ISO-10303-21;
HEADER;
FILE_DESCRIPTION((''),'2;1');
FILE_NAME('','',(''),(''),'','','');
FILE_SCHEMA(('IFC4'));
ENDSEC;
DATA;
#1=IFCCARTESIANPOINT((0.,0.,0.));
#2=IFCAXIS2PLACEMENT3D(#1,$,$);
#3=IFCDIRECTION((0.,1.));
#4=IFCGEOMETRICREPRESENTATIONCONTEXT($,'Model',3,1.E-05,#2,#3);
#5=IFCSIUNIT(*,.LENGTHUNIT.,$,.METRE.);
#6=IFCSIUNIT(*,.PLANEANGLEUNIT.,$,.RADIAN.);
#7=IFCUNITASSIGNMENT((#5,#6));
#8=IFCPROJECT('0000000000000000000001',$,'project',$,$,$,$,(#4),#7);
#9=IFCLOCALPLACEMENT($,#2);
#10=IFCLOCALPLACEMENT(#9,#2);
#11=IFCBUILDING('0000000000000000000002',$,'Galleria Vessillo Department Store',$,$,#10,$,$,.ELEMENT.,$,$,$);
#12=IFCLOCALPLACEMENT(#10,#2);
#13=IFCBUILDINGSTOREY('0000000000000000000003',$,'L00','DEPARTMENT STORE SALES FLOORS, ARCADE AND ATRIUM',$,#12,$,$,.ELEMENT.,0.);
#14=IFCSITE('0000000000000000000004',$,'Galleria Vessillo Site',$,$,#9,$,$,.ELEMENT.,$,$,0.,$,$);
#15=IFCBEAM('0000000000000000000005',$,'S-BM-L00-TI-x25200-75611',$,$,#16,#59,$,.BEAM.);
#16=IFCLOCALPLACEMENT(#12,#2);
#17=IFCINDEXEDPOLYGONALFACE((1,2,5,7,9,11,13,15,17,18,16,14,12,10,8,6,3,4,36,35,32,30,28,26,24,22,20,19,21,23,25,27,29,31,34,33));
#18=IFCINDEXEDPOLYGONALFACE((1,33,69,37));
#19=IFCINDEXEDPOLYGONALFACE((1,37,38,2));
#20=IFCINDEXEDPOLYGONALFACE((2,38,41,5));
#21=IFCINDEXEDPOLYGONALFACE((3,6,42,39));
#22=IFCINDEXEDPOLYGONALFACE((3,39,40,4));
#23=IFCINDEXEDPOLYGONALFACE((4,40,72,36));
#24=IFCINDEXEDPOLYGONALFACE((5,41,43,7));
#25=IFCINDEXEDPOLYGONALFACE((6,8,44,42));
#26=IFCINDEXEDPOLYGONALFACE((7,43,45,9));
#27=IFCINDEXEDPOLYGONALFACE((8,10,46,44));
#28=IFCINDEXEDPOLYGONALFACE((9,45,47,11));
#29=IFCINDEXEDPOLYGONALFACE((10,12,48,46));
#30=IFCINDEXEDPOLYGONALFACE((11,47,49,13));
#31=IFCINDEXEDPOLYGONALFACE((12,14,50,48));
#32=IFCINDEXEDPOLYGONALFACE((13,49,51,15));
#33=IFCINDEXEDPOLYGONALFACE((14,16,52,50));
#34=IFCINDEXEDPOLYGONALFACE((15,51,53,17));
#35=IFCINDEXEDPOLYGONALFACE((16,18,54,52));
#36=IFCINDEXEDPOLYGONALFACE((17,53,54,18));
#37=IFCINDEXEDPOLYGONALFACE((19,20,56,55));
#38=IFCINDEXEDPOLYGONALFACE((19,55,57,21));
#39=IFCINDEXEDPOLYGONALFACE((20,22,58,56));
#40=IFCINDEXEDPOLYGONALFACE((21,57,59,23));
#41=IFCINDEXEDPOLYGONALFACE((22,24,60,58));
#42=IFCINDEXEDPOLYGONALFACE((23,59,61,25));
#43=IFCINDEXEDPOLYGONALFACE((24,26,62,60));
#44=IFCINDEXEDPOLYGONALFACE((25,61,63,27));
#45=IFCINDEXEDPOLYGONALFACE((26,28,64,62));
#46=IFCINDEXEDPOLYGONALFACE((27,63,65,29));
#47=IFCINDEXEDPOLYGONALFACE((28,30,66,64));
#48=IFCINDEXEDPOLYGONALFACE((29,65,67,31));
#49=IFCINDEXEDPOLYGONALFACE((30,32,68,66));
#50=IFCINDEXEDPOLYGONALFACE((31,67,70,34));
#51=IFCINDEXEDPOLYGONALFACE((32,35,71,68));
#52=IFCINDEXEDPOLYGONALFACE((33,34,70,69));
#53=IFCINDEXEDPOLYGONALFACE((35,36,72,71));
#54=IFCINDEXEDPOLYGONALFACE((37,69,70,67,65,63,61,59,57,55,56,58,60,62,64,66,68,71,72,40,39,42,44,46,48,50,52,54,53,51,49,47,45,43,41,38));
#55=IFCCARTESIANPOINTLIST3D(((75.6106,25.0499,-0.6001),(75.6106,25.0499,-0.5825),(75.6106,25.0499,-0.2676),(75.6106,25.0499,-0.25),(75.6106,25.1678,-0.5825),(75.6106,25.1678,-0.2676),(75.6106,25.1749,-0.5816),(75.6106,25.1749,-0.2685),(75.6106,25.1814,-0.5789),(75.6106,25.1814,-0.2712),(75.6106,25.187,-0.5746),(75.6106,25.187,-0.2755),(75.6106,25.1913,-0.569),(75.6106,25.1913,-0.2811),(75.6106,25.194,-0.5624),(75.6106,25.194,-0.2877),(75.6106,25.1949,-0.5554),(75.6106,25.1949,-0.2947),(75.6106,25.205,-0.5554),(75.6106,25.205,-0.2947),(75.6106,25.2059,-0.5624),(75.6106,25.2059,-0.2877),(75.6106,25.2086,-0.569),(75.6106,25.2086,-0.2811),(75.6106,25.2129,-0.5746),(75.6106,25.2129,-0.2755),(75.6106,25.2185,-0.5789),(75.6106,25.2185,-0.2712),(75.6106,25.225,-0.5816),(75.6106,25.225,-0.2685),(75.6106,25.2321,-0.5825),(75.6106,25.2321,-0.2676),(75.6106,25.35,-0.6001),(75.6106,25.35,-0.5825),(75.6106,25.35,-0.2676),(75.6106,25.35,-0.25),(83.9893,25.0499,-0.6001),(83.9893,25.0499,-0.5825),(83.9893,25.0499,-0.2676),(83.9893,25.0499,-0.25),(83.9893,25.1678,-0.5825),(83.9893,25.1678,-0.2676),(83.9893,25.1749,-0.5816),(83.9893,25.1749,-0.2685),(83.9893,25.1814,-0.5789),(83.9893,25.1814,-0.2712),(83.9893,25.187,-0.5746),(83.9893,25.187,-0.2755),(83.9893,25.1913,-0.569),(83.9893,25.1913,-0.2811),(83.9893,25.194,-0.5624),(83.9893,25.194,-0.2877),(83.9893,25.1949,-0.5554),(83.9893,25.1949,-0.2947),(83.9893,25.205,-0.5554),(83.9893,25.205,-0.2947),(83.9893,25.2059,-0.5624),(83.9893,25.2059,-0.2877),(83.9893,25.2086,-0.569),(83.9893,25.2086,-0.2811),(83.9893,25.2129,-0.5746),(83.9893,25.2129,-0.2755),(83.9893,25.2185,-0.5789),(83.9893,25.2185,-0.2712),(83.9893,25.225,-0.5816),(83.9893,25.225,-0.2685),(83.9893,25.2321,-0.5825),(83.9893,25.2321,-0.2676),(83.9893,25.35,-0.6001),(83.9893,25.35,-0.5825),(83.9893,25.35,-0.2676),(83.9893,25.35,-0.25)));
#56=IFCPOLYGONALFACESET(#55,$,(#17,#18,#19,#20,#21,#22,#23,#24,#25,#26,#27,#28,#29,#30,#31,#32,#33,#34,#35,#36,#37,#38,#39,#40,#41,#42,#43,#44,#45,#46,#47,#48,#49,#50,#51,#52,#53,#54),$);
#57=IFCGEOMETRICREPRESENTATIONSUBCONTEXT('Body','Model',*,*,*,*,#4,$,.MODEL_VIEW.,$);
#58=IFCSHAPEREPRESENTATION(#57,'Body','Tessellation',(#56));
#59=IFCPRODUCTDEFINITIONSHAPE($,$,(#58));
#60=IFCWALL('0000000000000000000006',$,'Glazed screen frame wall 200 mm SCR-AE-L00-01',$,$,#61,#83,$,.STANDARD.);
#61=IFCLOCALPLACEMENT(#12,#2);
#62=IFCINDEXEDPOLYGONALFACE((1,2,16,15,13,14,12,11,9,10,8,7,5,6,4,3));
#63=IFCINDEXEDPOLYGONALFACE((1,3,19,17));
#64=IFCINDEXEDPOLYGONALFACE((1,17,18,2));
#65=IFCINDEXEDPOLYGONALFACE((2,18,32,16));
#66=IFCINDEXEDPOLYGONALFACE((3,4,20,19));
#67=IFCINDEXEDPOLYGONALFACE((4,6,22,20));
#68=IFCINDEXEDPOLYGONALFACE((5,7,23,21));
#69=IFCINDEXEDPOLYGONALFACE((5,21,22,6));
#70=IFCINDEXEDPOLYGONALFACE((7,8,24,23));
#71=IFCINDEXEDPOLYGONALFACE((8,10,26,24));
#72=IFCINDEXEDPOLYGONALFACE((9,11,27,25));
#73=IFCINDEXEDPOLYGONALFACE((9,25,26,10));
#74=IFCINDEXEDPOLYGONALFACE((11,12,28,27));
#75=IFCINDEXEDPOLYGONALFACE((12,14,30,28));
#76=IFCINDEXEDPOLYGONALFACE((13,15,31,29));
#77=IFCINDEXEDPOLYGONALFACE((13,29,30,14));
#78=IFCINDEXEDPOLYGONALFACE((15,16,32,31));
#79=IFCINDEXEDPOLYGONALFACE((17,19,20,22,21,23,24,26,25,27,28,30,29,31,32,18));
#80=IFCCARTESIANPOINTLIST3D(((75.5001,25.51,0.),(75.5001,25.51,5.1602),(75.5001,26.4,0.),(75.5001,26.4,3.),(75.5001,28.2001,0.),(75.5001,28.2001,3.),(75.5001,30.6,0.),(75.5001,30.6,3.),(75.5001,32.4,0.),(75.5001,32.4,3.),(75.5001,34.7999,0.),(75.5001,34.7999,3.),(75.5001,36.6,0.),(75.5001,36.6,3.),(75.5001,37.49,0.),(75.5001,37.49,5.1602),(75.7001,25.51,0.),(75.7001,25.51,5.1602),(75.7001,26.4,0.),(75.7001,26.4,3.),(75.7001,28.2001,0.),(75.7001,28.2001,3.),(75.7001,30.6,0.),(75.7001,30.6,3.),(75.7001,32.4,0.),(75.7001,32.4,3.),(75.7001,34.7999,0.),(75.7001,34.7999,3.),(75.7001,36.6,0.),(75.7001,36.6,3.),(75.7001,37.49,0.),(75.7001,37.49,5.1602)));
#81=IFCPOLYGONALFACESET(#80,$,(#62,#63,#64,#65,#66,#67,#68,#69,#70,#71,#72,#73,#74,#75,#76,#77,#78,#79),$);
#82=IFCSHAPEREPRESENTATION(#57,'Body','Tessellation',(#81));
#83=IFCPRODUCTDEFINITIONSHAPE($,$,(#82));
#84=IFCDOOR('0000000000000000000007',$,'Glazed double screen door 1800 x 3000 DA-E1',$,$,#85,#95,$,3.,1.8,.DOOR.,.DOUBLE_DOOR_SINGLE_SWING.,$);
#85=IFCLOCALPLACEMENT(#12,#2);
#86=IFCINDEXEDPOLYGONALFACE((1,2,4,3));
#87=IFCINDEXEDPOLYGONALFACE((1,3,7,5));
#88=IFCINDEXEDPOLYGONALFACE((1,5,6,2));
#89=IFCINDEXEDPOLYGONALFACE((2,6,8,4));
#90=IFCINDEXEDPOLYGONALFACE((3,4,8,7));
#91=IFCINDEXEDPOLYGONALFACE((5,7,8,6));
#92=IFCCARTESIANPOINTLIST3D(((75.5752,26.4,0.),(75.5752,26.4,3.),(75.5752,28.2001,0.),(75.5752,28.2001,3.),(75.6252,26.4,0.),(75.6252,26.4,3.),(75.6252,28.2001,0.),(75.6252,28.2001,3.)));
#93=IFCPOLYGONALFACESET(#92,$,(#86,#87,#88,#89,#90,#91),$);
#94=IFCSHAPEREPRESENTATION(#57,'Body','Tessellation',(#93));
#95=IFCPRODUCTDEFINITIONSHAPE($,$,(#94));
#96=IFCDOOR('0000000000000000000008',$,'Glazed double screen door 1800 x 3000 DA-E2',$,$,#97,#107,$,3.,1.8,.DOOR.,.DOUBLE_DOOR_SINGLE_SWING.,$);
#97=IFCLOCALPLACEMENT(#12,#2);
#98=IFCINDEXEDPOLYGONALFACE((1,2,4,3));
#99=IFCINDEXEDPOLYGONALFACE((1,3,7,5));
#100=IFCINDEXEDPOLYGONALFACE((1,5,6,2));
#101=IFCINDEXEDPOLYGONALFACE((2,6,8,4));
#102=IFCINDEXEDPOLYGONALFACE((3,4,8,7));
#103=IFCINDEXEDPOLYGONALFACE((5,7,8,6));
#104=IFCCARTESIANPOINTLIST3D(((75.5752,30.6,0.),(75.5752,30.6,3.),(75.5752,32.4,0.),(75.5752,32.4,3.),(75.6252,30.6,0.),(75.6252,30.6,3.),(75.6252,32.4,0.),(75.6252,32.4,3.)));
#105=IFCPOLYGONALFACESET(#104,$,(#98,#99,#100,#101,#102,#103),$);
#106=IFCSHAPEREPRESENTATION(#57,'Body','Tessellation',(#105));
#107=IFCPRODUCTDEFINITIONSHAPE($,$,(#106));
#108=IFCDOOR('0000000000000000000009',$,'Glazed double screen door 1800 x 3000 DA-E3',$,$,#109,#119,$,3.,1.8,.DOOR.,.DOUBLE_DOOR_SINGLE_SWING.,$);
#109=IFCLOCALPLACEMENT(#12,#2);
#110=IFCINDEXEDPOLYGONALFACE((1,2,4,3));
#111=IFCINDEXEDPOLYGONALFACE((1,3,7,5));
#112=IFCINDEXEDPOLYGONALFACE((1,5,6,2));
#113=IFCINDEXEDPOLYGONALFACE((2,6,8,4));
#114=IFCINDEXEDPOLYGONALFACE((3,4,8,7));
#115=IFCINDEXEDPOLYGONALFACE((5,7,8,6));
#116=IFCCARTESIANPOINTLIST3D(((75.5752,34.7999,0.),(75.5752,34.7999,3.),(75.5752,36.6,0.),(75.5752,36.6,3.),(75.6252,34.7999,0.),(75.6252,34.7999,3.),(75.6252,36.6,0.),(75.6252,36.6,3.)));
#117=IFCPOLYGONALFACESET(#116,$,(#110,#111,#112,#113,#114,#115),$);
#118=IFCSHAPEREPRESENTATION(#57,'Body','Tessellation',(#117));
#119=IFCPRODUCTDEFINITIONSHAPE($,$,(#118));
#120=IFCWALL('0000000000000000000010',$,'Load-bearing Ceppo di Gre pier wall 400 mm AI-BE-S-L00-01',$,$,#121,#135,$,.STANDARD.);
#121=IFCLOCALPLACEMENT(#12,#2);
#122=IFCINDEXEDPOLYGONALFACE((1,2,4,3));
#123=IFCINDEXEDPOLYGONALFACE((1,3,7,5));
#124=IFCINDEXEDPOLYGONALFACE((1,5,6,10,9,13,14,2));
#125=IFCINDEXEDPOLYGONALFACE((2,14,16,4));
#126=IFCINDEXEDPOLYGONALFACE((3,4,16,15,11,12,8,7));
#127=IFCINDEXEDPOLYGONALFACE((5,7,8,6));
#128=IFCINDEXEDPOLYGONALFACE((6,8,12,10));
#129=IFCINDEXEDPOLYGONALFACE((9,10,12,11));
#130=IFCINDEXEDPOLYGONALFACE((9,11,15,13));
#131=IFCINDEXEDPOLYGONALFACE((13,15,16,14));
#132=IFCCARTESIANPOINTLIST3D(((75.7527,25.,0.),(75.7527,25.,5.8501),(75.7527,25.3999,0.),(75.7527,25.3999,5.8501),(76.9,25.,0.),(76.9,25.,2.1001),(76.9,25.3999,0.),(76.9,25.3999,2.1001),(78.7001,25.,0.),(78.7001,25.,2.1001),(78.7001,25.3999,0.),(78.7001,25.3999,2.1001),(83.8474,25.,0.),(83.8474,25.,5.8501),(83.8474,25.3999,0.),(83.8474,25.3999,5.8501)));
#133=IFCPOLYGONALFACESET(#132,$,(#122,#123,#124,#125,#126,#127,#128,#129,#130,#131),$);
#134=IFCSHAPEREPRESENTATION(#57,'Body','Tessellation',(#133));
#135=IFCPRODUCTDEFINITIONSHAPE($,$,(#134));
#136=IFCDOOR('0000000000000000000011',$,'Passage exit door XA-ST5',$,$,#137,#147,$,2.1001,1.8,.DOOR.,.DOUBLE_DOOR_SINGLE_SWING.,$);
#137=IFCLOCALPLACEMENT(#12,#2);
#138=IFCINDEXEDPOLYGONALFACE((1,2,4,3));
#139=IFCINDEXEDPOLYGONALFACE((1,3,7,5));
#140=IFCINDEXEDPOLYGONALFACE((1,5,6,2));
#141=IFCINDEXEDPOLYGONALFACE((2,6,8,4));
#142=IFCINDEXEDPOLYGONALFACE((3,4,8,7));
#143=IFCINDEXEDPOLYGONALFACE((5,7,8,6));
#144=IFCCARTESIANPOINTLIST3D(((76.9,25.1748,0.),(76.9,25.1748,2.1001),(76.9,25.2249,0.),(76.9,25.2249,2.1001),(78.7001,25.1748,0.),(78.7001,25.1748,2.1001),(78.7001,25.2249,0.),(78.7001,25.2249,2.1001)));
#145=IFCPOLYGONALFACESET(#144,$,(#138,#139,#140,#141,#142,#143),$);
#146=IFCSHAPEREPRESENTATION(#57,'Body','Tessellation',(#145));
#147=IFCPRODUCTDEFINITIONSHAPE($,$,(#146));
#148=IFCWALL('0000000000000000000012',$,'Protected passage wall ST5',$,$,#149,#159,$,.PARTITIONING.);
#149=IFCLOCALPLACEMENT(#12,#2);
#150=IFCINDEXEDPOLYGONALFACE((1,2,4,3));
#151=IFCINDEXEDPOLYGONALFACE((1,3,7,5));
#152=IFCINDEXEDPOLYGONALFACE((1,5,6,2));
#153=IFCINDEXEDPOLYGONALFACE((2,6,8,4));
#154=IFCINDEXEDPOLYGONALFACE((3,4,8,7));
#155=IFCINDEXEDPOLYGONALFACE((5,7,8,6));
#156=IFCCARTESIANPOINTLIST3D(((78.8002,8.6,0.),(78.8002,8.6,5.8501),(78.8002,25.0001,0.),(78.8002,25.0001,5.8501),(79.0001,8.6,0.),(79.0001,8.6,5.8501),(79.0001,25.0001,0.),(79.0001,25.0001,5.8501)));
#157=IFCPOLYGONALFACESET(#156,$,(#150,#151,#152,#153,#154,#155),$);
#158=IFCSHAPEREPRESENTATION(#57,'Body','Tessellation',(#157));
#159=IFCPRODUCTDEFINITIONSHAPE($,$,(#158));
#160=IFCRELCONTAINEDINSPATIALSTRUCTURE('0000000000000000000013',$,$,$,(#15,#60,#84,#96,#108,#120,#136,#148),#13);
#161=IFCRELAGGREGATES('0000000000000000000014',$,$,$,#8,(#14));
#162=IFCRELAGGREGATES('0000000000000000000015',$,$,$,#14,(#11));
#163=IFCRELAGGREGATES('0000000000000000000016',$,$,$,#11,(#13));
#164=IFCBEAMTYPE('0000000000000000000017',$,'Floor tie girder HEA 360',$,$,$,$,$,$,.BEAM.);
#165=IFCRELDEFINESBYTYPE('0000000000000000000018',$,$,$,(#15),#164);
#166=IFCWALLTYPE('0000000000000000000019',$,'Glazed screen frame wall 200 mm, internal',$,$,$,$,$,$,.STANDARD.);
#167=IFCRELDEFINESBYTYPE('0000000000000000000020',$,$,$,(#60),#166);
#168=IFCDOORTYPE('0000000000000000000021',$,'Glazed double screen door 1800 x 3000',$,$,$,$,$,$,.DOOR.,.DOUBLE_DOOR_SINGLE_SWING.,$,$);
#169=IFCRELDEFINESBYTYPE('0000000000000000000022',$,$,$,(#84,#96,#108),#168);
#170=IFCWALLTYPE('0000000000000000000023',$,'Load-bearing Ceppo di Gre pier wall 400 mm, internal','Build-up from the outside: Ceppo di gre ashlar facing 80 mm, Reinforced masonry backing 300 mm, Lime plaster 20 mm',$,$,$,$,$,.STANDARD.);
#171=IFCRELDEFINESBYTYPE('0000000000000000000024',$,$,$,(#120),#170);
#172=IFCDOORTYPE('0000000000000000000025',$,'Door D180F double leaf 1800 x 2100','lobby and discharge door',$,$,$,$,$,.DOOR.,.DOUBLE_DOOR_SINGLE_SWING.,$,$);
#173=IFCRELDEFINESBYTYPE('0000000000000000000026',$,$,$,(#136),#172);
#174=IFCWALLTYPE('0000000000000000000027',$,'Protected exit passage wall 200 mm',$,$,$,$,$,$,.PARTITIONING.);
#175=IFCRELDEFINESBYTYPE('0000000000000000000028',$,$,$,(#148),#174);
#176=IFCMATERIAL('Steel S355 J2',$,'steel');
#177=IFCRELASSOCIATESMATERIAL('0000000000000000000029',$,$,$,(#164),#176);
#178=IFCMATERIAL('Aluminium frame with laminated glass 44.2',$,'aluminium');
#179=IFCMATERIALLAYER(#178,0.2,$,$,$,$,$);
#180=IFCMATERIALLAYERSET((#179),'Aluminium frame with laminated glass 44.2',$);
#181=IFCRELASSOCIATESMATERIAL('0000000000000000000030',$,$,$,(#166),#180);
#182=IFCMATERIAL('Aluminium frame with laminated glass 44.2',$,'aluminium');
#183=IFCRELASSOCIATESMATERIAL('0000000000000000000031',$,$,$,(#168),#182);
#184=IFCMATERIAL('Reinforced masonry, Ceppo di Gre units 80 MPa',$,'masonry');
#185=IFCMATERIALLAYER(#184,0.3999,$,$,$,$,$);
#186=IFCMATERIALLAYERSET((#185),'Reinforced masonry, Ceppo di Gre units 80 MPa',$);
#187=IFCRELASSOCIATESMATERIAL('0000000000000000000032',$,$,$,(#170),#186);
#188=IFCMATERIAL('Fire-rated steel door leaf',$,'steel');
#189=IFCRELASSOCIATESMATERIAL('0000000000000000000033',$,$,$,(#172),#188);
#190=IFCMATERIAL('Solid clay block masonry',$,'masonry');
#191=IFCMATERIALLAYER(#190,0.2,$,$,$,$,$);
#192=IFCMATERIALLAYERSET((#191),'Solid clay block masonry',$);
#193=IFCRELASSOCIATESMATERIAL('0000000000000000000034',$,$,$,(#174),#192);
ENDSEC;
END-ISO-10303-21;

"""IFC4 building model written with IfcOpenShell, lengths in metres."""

from ifc_helpers import new_model, si_unit, direction, frame, frame_2d, origin, origin_2d, place, context, subcontext, project, spatial, rectangle, i_section, extrude, material, layer, layer_set, material_profile, profile_set, type_object, element, fill, save


model = new_model("IFC4")

# Units and contexts
model_context = context("Model", 3, precision=1e-05, world=origin(), true_north=direction((0.0, 1.0)))
body_context = subcontext(model_context, "Body", "Model", "MODEL_VIEW")
ifc_project = project(units=[si_unit("LENGTHUNIT", "METRE"), si_unit("PLANEANGLEUNIT", "RADIAN")], contexts=[model_context])

# Site, building, storey
site_placement = place(None, origin())
site = spatial("IfcSite", under=ifc_project, at=site_placement, Name="Galleria Vessillo Site", CompositionType="ELEMENT", RefElevation=0.0)
building_placement = place(site_placement, origin())
building = spatial("IfcBuilding", under=site, at=building_placement, Name="Galleria Vessillo Department Store", CompositionType="ELEMENT")
storey_placement = place(building_placement, origin())
storey = spatial("IfcBuildingStorey", under=building, at=storey_placement, Name="L00", Description="DEPARTMENT STORE SALES FLOORS, ARCADE AND ATRIUM", CompositionType="ELEMENT", Elevation=0.0)

# Beam
ifc_material_1 = material(Name="Steel S355 J2", Category="steel")
ifc_material_profile_1 = material_profile(ifc_material_1, i_section(OverallWidth=0.3, OverallDepth=0.3501, WebThickness=0.01, FlangeThickness=0.0176, FilletRadius=0.0271, at=origin_2d()), Name="HEA 360")
ifc_profile_set_1 = profile_set([ifc_material_profile_1], Name="Steel S355 J2")
beam_type_1 = type_object("IfcBeamType", Name="Floor tie girder HEA 360", PredefinedType="BEAM", material=ifc_profile_set_1)
beam_1_placement = place(storey_placement, frame((75.6106, 25.2, -0.425), z_axis=(1.0, 0.0, 0.0), x_axis=(0.0, 1.0, 0.0)))
element("IfcBeam", 1, at=beam_1_placement, inside=storey, type_object=beam_type_1, Name="S-BM-L00-TI-x25200-75611", PredefinedType="BEAM", context=body_context, shape_type="SweptSolid", body=[
    extrude(i_section(OverallWidth=0.3, OverallDepth=0.3501, WebThickness=0.01, FlangeThickness=0.0176, FilletRadius=0.0271, at=origin_2d()), origin(), (0.0, 0.0, 1.0), 8.3787),
])

# Wall, openings, doors
ifc_material_2 = material(Name="Aluminium frame with laminated glass 44.2", Category="aluminium")
ifc_layer_1 = layer(ifc_material_2, 0.2)
ifc_layer_set_1 = layer_set([ifc_layer_1], Name="Aluminium frame with laminated glass 44.2")
wall_type_1 = type_object("IfcWallType", Name="Glazed screen frame wall 200 mm, internal", PredefinedType="STANDARD", material=ifc_layer_set_1)
wall_1_placement = place(storey_placement, frame((75.6001, 25.51, 0.0), z_axis=(0.0, 0.0, 1.0), x_axis=(0.0, 1.0, 0.0)))
wall_1 = element("IfcWall", 2, at=wall_1_placement, inside=storey, type_object=wall_type_1, Name="Glazed screen frame wall 200 mm SCR-AE-L00-01", PredefinedType="STANDARD", context=body_context, shape_type="SweptSolid", body=[
    extrude(rectangle(XDim=11.98, YDim=0.2, at=frame_2d((5.99, 0.0))), origin(), (0.0, 0.0, 1.0), 5.1602),
])
opening_1_placement = place(wall_1_placement, frame((0.8901, 0.0, 0.0)))
opening_1 = element("IfcOpeningElement", 3, at=opening_1_placement, cuts=wall_1, PredefinedType="OPENING", context=body_context, shape_type="SweptSolid", body=[
    extrude(rectangle(XDim=1.8, YDim=3.0, at=frame_2d((0.8999, 1.5))), frame((0.0, 0.1099, 0.0), z_axis=(0.0, -1.0, 0.0), x_axis=(1.0, 0.0, 0.0)), (0.0, 0.0, 1.0), 0.22),
])
opening_2_placement = place(wall_1_placement, frame((5.0901, 0.0, 0.0)))
opening_2 = element("IfcOpeningElement", 4, at=opening_2_placement, cuts=wall_1, PredefinedType="OPENING", context=body_context, shape_type="SweptSolid", body=[
    extrude(rectangle(XDim=1.8, YDim=3.0, at=frame_2d((0.8999, 1.5))), frame((0.0, 0.1099, 0.0), z_axis=(0.0, -1.0, 0.0), x_axis=(1.0, 0.0, 0.0)), (0.0, 0.0, 1.0), 0.22),
])
opening_3_placement = place(wall_1_placement, frame((9.29, 0.0, 0.0)))
opening_3 = element("IfcOpeningElement", 5, at=opening_3_placement, cuts=wall_1, PredefinedType="OPENING", context=body_context, shape_type="SweptSolid", body=[
    extrude(rectangle(XDim=1.8, YDim=3.0, at=frame_2d((0.8999, 1.5))), frame((0.0, 0.1099, 0.0), z_axis=(0.0, -1.0, 0.0), x_axis=(1.0, 0.0, 0.0)), (0.0, 0.0, 1.0), 0.22),
])
ifc_material_3 = material(Name="Aluminium frame with laminated glass 44.2", Category="aluminium")
door_type_1 = type_object("IfcDoorType", Name="Glazed double screen door 1800 x 3000", OperationType="DOUBLE_DOOR_SINGLE_SWING", PredefinedType="DOOR", material=ifc_material_3)
door_1_placement = place(opening_1_placement, origin())
door_1 = element("IfcDoor", 6, at=door_1_placement, inside=storey, type_object=door_type_1, Name="Glazed double screen door 1800 x 3000 DA-E1", OperationType="DOUBLE_DOOR_SINGLE_SWING", OverallHeight=3.0, OverallWidth=1.8, PredefinedType="DOOR", context=body_context, shape_type="SweptSolid", body=[
    extrude(rectangle(XDim=1.8, YDim=3.0, at=frame_2d((0.8999, 1.5))), frame((0.0, 0.0249, 0.0), z_axis=(0.0, -1.0, 0.0), x_axis=(1.0, 0.0, 0.0)), (0.0, 0.0, 1.0), 0.05),
])
fill(opening_1, door_1)
door_2_placement = place(opening_2_placement, origin())
door_2 = element("IfcDoor", 7, at=door_2_placement, inside=storey, type_object=door_type_1, Name="Glazed double screen door 1800 x 3000 DA-E2", OperationType="DOUBLE_DOOR_SINGLE_SWING", OverallHeight=3.0, OverallWidth=1.8, PredefinedType="DOOR", context=body_context, shape_type="SweptSolid", body=[
    extrude(rectangle(XDim=1.8, YDim=3.0, at=frame_2d((0.8999, 1.5))), frame((0.0, 0.0249, 0.0), z_axis=(0.0, -1.0, 0.0), x_axis=(1.0, 0.0, 0.0)), (0.0, 0.0, 1.0), 0.05),
])
fill(opening_2, door_2)
door_3_placement = place(opening_3_placement, origin())
door_3 = element("IfcDoor", 8, at=door_3_placement, inside=storey, type_object=door_type_1, Name="Glazed double screen door 1800 x 3000 DA-E3", OperationType="DOUBLE_DOOR_SINGLE_SWING", OverallHeight=3.0, OverallWidth=1.8, PredefinedType="DOOR", context=body_context, shape_type="SweptSolid", body=[
    extrude(rectangle(XDim=1.8, YDim=3.0, at=frame_2d((0.8999, 1.5))), frame((0.0, 0.0249, 0.0), z_axis=(0.0, -1.0, 0.0), x_axis=(1.0, 0.0, 0.0)), (0.0, 0.0, 1.0), 0.05),
])
fill(opening_3, door_3)

# Wall, opening, door
ifc_material_4 = material(Name="Reinforced masonry, Ceppo di Gre units 80 MPa", Category="masonry")
ifc_layer_2 = layer(ifc_material_4, 0.3999)
ifc_layer_set_2 = layer_set([ifc_layer_2], Name="Reinforced masonry, Ceppo di Gre units 80 MPa")
wall_type_2 = type_object("IfcWallType", Name="Load-bearing Ceppo di Gre pier wall 400 mm, internal", Description="Build-up from the outside: Ceppo di gre ashlar facing 80 mm, Reinforced masonry backing 300 mm, Lime plaster 20 mm", PredefinedType="STANDARD", material=ifc_layer_set_2)
wall_2_placement = place(storey_placement, frame((75.7527, 25.2, 0.0), z_axis=(0.0, 0.0, 1.0), x_axis=(1.0, 0.0, 0.0)))
wall_2 = element("IfcWall", 9, at=wall_2_placement, inside=storey, type_object=wall_type_2, Name="Load-bearing Ceppo di Gre pier wall 400 mm AI-BE-S-L00-01", PredefinedType="STANDARD", context=body_context, shape_type="SweptSolid", body=[
    extrude(rectangle(XDim=8.0947, YDim=0.3999, at=frame_2d((4.0474, 0.0))), origin(), (0.0, 0.0, 1.0), 5.8501),
])
opening_4_placement = place(wall_2_placement, frame((1.1475, 0.0, 0.0)))
opening_4 = element("IfcOpeningElement", 10, at=opening_4_placement, cuts=wall_2, PredefinedType="OPENING", context=body_context, shape_type="SweptSolid", body=[
    extrude(rectangle(XDim=1.8, YDim=2.1001, at=frame_2d((0.8999, 1.05))), frame((0.0, 0.21, 0.0), z_axis=(0.0, -1.0, 0.0), x_axis=(1.0, 0.0, 0.0)), (0.0, 0.0, 1.0), 0.4199),
])
ifc_material_5 = material(Name="Fire-rated steel door leaf", Category="steel")
door_type_2 = type_object("IfcDoorType", Name="Door D180F double leaf 1800 x 2100", Description="lobby and discharge door", OperationType="DOUBLE_DOOR_SINGLE_SWING", PredefinedType="DOOR", material=ifc_material_5)
door_4_placement = place(opening_4_placement, origin())
door_4 = element("IfcDoor", 11, at=door_4_placement, inside=storey, type_object=door_type_2, Name="Passage exit door XA-ST5", OperationType="DOUBLE_DOOR_SINGLE_SWING", OverallHeight=2.1001, OverallWidth=1.8, PredefinedType="DOOR", context=body_context, shape_type="SweptSolid", body=[
    extrude(rectangle(XDim=1.8, YDim=2.1001, at=frame_2d((0.8999, 1.05))), frame((0.0, 0.0249, 0.0), z_axis=(0.0, -1.0, 0.0), x_axis=(1.0, 0.0, 0.0)), (0.0, 0.0, 1.0), 0.05),
])
fill(opening_4, door_4)

# Wall
ifc_material_6 = material(Name="Solid clay block masonry", Category="masonry")
ifc_layer_3 = layer(ifc_material_6, 0.2)
ifc_layer_set_3 = layer_set([ifc_layer_3], Name="Solid clay block masonry")
wall_type_3 = type_object("IfcWallType", Name="Protected exit passage wall 200 mm", PredefinedType="PARTITIONING", material=ifc_layer_set_3)
wall_3_placement = place(storey_placement, frame((78.9001, 8.5999, 0.0), z_axis=(0.0, 0.0, 1.0), x_axis=(0.0, 1.0, 0.0)))
element("IfcWall", 12, at=wall_3_placement, inside=storey, type_object=wall_type_3, Name="Protected passage wall ST5", PredefinedType="PARTITIONING", context=body_context, shape_type="SweptSolid", body=[
    extrude(rectangle(XDim=16.4001, YDim=0.2, at=frame_2d((8.2002, 0.0))), origin(), (0.0, 0.0, 1.0), 5.8501),
])

save(model, "model.ifc")
